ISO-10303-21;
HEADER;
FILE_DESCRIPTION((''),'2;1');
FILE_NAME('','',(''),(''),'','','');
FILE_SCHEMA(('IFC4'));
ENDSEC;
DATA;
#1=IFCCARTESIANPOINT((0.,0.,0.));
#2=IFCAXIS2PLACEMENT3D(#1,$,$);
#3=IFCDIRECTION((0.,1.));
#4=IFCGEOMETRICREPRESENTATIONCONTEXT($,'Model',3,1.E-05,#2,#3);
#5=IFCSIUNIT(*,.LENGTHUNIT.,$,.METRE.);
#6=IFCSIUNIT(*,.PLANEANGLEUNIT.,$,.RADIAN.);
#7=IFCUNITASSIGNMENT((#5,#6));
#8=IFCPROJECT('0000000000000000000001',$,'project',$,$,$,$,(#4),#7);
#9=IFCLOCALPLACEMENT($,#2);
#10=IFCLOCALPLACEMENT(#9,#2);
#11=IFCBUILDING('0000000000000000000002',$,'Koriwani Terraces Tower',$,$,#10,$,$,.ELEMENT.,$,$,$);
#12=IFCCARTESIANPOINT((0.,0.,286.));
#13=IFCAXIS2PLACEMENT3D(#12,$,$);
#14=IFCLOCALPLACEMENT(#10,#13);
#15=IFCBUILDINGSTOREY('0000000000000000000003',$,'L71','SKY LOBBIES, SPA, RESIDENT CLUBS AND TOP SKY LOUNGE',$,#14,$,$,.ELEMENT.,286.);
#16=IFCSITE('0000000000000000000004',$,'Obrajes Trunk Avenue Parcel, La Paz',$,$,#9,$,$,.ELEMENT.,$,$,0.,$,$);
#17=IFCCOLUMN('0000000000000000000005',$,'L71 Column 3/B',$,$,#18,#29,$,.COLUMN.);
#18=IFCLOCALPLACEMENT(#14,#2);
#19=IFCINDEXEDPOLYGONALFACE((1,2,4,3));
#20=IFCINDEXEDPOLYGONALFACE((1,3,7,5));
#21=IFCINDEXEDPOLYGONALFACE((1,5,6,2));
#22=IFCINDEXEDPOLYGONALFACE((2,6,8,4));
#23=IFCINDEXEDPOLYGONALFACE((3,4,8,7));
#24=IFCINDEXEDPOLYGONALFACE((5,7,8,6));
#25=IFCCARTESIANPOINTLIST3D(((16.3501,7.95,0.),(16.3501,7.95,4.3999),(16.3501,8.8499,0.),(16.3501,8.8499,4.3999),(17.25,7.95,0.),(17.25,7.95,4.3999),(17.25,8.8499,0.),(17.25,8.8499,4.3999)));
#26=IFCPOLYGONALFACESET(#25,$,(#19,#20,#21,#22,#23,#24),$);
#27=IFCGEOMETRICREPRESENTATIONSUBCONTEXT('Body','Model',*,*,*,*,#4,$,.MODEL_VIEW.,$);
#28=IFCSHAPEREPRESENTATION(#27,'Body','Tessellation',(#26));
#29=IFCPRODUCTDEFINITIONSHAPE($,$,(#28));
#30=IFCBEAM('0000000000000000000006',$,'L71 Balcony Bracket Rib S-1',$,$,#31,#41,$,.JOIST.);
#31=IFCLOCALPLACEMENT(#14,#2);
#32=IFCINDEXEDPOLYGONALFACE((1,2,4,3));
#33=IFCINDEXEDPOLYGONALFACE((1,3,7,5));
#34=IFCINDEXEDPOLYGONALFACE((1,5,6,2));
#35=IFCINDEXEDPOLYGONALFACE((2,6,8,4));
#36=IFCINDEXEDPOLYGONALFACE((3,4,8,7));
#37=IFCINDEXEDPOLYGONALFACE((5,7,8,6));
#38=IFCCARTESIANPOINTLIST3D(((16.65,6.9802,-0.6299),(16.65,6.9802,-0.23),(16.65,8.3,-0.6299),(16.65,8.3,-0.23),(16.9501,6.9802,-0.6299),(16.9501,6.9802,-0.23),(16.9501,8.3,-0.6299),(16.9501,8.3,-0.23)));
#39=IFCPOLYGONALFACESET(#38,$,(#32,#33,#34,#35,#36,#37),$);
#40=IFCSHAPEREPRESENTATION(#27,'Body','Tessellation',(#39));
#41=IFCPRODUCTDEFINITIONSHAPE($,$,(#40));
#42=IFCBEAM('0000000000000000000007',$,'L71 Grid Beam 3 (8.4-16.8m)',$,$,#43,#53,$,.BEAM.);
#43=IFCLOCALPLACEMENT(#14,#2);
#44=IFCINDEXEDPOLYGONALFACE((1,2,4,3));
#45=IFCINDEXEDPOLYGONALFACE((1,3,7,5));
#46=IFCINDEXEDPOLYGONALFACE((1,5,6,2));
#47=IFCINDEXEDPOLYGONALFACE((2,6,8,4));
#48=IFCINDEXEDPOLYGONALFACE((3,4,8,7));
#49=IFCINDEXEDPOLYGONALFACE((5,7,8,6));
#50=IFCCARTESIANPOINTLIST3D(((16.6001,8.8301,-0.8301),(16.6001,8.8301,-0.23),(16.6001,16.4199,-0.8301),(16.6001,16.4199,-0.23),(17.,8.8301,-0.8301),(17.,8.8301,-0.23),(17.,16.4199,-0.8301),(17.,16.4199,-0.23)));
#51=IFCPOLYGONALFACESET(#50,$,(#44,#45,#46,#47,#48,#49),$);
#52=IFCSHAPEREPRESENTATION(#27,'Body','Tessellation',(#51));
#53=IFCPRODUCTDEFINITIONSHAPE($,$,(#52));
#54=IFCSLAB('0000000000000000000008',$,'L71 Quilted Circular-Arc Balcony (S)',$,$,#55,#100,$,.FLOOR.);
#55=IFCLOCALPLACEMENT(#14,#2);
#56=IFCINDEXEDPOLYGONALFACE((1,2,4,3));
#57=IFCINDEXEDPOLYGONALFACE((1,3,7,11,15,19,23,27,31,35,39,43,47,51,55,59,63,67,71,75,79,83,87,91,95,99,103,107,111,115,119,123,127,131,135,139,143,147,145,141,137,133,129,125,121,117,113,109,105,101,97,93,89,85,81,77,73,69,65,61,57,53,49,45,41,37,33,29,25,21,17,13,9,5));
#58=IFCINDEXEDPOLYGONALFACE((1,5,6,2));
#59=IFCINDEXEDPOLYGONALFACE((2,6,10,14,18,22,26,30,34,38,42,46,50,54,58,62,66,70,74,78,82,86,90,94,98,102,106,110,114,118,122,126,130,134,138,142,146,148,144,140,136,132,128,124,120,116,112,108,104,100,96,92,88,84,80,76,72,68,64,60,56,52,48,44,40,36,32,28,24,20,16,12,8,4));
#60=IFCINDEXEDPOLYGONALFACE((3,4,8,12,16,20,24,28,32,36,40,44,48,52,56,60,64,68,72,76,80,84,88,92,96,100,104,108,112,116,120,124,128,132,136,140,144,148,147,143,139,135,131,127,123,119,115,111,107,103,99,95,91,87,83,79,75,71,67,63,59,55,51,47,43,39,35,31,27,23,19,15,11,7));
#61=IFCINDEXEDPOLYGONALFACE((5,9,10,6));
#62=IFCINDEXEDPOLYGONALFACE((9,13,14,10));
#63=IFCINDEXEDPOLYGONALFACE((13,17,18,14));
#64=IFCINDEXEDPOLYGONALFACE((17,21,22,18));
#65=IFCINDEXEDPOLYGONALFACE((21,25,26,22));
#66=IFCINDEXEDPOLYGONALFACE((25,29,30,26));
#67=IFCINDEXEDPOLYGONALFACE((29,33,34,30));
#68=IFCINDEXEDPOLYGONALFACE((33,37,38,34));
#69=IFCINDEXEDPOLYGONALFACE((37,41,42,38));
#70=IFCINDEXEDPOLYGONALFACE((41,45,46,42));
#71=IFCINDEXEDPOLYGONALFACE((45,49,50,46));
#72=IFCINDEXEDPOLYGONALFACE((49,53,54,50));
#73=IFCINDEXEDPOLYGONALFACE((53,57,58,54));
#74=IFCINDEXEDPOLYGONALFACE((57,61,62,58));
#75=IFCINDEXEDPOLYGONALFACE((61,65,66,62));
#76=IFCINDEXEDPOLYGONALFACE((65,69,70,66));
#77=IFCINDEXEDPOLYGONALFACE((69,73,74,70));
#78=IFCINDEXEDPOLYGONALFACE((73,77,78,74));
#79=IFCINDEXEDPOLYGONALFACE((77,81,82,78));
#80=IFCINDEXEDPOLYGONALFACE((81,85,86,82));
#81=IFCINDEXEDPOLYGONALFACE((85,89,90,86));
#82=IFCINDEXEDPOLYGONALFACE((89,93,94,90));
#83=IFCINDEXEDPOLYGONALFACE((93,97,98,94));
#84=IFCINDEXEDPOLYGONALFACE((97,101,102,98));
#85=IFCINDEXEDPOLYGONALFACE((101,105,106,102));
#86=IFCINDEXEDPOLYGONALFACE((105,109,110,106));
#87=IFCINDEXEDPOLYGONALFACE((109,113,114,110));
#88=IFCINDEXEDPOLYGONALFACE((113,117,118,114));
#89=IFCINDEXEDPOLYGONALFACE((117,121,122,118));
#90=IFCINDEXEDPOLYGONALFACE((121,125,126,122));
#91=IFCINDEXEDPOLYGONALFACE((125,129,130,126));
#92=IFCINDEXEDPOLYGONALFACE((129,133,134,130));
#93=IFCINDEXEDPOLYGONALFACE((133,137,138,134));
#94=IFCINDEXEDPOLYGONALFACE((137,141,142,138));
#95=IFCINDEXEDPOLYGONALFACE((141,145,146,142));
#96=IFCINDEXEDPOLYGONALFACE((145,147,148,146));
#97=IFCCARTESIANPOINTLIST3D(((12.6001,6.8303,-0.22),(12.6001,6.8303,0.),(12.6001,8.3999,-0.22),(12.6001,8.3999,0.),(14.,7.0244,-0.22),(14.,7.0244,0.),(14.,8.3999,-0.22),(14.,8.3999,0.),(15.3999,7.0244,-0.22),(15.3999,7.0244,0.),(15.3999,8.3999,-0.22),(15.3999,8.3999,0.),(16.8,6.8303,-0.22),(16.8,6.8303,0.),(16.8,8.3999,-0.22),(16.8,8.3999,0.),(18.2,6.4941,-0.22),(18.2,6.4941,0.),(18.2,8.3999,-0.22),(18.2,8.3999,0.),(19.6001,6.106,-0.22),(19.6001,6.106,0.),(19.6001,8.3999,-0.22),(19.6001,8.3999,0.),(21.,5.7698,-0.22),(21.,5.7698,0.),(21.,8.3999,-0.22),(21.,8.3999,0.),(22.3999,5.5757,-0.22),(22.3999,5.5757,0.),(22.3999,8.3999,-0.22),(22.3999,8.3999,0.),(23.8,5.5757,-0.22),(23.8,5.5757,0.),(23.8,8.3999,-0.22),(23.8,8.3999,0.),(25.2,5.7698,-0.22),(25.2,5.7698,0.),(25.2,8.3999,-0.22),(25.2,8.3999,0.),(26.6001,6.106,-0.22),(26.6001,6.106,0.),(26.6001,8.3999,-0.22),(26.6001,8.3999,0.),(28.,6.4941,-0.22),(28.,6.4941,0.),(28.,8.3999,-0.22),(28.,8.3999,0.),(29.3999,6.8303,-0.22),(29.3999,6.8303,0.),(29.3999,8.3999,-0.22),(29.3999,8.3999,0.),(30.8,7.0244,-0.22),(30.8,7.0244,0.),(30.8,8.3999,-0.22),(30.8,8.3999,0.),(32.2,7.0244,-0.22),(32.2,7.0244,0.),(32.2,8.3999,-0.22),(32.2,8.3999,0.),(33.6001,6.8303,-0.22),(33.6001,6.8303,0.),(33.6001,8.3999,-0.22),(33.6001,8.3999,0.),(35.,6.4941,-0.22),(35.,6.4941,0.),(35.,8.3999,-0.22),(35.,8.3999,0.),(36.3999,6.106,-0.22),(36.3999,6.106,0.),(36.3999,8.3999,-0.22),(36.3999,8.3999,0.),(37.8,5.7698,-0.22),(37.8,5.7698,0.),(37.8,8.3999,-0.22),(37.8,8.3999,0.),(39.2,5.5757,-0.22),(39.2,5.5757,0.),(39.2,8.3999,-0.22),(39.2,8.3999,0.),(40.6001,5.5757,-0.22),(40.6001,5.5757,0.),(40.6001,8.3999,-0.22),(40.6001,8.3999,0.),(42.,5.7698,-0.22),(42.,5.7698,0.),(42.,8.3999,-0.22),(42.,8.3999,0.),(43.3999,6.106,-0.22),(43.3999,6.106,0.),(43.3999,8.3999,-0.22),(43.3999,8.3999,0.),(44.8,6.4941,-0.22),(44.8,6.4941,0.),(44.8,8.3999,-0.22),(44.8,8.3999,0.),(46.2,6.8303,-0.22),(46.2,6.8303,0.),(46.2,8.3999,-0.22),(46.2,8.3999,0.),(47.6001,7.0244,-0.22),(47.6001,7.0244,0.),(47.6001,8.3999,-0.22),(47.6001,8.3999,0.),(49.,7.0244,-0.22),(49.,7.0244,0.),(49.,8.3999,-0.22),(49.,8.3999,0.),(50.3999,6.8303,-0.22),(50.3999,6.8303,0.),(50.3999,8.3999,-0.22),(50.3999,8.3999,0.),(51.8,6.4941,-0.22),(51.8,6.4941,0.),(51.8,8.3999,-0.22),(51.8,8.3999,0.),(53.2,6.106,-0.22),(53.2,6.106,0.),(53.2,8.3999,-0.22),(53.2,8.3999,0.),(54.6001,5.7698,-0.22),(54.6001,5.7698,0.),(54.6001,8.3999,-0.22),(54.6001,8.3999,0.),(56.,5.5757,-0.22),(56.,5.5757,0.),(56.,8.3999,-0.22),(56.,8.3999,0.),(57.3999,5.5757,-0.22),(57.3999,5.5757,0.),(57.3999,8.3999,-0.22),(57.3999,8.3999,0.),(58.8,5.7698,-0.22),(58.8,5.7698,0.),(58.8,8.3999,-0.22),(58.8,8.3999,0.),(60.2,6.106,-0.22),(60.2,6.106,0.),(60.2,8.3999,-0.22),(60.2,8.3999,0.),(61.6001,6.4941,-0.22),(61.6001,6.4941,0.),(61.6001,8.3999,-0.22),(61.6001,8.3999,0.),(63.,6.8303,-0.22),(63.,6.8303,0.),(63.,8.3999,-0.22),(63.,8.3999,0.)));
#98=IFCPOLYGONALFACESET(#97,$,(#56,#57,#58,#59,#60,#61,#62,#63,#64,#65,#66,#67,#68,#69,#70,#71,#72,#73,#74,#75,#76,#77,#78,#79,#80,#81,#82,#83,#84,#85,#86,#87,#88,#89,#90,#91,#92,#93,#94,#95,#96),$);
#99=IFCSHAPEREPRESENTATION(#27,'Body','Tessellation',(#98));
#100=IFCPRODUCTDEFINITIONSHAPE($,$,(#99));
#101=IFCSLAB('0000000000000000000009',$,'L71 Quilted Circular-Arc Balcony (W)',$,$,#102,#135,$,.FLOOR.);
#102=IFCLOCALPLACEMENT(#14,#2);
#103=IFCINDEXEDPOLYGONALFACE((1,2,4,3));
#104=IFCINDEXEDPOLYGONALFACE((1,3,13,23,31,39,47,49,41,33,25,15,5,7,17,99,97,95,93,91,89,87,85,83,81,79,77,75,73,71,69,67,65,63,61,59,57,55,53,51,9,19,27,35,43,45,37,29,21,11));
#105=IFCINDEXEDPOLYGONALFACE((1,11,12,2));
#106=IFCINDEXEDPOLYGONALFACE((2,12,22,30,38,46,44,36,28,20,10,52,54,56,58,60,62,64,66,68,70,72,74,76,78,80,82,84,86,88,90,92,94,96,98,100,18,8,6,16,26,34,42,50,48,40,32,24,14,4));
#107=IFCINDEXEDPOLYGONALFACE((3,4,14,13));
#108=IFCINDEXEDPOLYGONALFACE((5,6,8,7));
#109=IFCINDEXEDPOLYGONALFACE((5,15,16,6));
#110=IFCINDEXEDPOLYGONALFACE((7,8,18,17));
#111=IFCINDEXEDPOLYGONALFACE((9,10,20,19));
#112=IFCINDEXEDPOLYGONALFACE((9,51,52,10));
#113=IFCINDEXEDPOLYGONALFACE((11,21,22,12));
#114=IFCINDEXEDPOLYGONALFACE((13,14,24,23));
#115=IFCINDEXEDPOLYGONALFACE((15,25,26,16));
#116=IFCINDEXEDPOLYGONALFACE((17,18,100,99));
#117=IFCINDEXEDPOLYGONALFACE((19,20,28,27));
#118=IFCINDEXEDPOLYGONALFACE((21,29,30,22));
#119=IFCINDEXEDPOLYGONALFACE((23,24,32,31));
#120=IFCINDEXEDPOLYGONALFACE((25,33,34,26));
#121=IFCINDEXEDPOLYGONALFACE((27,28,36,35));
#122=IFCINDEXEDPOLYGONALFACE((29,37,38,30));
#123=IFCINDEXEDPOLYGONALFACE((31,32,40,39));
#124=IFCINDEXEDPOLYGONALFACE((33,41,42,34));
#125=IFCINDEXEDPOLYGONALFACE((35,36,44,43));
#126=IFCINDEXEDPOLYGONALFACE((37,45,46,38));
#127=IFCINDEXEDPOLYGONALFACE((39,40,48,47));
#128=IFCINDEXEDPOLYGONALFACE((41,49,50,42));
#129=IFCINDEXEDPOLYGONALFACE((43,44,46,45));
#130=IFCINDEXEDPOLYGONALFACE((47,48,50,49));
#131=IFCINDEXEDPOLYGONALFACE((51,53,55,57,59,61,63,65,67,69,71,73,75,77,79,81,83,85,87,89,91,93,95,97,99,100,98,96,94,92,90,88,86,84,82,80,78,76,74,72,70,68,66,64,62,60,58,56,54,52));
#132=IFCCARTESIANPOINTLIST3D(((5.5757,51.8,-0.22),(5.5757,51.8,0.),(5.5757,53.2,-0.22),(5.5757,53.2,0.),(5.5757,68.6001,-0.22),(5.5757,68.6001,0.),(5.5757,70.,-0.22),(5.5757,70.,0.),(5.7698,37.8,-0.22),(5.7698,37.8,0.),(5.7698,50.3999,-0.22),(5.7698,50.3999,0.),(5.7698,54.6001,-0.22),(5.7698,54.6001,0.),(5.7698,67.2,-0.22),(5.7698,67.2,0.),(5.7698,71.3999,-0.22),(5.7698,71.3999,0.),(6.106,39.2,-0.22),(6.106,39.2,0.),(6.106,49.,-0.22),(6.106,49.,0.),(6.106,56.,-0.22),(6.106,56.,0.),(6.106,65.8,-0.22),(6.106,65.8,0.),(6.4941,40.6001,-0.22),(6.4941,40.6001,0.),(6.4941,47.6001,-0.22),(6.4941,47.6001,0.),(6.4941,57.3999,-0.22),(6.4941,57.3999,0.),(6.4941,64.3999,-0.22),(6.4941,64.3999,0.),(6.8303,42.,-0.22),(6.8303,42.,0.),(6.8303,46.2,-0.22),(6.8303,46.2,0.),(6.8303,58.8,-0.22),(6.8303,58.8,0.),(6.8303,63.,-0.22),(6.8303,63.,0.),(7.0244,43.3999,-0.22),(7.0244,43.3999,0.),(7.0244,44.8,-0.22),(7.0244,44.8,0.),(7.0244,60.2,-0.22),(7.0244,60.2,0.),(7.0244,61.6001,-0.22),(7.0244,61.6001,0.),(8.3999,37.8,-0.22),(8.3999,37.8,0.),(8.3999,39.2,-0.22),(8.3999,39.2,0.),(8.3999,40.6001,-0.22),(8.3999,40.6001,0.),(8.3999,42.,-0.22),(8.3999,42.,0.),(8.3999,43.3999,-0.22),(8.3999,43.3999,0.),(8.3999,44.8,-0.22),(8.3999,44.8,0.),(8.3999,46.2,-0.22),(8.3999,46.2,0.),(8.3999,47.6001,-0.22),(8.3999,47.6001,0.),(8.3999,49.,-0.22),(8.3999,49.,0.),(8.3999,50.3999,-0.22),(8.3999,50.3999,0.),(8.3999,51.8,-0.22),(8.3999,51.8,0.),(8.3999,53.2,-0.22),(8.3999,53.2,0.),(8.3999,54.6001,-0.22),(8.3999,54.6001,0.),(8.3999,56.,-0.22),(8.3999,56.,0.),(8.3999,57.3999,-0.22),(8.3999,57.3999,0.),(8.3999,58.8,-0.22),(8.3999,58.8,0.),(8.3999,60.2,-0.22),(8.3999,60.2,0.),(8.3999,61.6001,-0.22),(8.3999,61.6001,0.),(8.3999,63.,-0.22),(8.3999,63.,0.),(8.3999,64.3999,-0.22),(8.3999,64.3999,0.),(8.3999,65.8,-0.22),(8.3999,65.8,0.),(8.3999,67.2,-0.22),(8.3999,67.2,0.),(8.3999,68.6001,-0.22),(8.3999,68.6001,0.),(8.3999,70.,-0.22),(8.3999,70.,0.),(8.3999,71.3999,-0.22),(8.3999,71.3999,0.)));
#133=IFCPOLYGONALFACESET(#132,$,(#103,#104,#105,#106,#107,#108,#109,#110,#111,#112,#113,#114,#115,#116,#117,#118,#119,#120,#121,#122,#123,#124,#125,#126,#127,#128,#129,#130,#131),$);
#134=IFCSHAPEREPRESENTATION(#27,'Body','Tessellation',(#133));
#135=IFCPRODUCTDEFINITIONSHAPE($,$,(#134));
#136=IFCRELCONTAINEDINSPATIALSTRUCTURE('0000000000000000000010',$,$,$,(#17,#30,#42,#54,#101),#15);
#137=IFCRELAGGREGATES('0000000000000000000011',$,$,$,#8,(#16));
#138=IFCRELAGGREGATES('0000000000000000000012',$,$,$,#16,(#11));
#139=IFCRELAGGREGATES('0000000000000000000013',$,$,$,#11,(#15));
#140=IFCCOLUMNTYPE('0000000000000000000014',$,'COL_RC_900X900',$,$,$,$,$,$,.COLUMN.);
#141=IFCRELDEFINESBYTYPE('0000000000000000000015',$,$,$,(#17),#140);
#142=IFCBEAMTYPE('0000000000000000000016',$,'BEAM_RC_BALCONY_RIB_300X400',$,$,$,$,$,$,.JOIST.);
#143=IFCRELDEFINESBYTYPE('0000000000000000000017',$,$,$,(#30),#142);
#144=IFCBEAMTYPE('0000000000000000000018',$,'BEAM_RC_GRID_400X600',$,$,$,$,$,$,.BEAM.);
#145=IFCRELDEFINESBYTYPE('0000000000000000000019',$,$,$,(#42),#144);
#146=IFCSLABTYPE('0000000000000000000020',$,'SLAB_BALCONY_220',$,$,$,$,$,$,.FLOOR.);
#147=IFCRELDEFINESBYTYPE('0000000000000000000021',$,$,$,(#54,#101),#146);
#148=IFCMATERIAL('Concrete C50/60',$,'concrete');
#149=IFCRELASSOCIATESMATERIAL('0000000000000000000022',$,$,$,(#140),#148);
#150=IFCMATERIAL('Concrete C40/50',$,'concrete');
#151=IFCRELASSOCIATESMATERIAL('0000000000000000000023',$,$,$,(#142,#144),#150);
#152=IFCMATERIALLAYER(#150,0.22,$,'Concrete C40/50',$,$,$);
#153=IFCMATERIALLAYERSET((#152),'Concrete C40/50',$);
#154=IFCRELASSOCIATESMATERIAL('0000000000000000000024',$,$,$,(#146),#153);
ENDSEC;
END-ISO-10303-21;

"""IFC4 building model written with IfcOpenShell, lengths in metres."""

from ifc_helpers import new_model, si_unit, direction, frame, origin, origin_2d, place, context, subcontext, project, spatial, polyline, rectangle, outline, extrude, material, layer, layer_set, material_profile, profile_set, type_object, element, save


model = new_model("IFC4")

# Units and contexts
model_context = context("Model", 3, precision=1e-05, world=origin(), true_north=direction((0.0, 1.0)))
body_context = subcontext(model_context, "Body", "Model", "MODEL_VIEW")
ifc_project = project(units=[si_unit("LENGTHUNIT", "METRE"), si_unit("PLANEANGLEUNIT", "RADIAN")], contexts=[model_context])

# Site, building, storey
site_placement = place(None, origin())
site = spatial("IfcSite", under=ifc_project, at=site_placement, Name="Obrajes Trunk Avenue Parcel, La Paz", CompositionType="ELEMENT", RefElevation=0.0)
building_placement = place(site_placement, origin())
building = spatial("IfcBuilding", under=site, at=building_placement, Name="Koriwani Terraces Tower", CompositionType="ELEMENT")
storey_placement = place(building_placement, frame((0.0, 0.0, 286.0)))
storey = spatial("IfcBuildingStorey", under=building, at=storey_placement, Name="L71", Description="SKY LOBBIES, SPA, RESIDENT CLUBS AND TOP SKY LOUNGE", CompositionType="ELEMENT", Elevation=286.0)

# Column
ifc_material_1 = material(Name="Concrete C50/60", Category="concrete")
ifc_material_profile_1 = material_profile(ifc_material_1, rectangle(XDim=0.8999, YDim=0.8999, at=origin_2d()), Name="Concrete C50/60", Category="LoadBearing")
ifc_profile_set_1 = profile_set([ifc_material_profile_1], Name="Concrete C50/60")
column_type = type_object("IfcColumnType", Name="COL_RC_900X900", PredefinedType="COLUMN", material=ifc_profile_set_1)
column_placement = place(storey_placement, frame((16.8, 8.3999, 0.0), z_axis=(0.0, 0.0, 1.0), x_axis=(1.0, 0.0, 0.0)))
element("IfcColumn", 1, at=column_placement, inside=storey, type_object=column_type, Name="L71 Column 3/B", PredefinedType="COLUMN", context=body_context, shape_type="SweptSolid", body=[
    extrude(rectangle(XDim=0.8999, YDim=0.8999, at=origin_2d()), origin(), (0.0, 0.0, 1.0), 4.3999),
])

# Beams
ifc_material_2 = material(Name="Concrete C40/50", Category="concrete")
ifc_material_profile_2 = material_profile(ifc_material_2, rectangle(XDim=0.3, YDim=0.3999, at=origin_2d()), Name="Concrete C40/50", Category="LoadBearing")
ifc_profile_set_2 = profile_set([ifc_material_profile_2], Name="Concrete C40/50")
beam_type_1 = type_object("IfcBeamType", Name="BEAM_RC_BALCONY_RIB_300X400", PredefinedType="JOIST", material=ifc_profile_set_2)
beam_1_placement = place(storey_placement, frame((16.8, 6.9802, -0.4299), z_axis=(0.0, 1.0, 0.0), x_axis=(-1.0, 0.0, 0.0)))
element("IfcBeam", 2, at=beam_1_placement, inside=storey, type_object=beam_type_1, Name="L71 Balcony Bracket Rib S-1", PredefinedType="JOIST", context=body_context, shape_type="SweptSolid", body=[
    extrude(rectangle(XDim=0.3, YDim=0.3999, at=origin_2d()), origin(), (0.0, 0.0, 1.0), 1.3198),
])
ifc_material_profile_3 = material_profile(ifc_material_2, rectangle(XDim=0.3999, YDim=0.6001, at=origin_2d()), Name="Concrete C40/50", Category="LoadBearing")
ifc_profile_set_3 = profile_set([ifc_material_profile_3], Name="Concrete C40/50")
beam_type_2 = type_object("IfcBeamType", Name="BEAM_RC_GRID_400X600", PredefinedType="BEAM", material=ifc_profile_set_3)
beam_2_placement = place(storey_placement, frame((16.8, 8.8301, -0.53), z_axis=(0.0, 1.0, 0.0), x_axis=(-1.0, 0.0, 0.0)))
element("IfcBeam", 3, at=beam_2_placement, inside=storey, type_object=beam_type_2, Name="L71 Grid Beam 3 (8.4-16.8m)", PredefinedType="BEAM", context=body_context, shape_type="SweptSolid", body=[
    extrude(rectangle(XDim=0.3999, YDim=0.6001, at=origin_2d()), origin(), (0.0, 0.0, 1.0), 7.5898),
])

# Slabs
ifc_layer_1 = layer(ifc_material_2, 0.22, Name="Concrete C40/50")
ifc_layer_set_1 = layer_set([ifc_layer_1], Name="Concrete C40/50")
slab_type_1 = type_object("IfcSlabType", Name="SLAB_BALCONY_220", PredefinedType="FLOOR", material=ifc_layer_set_1)
slab_1_placement = place(storey_placement, frame((0.0, 0.0, -0.22)))
element("IfcSlab", 4, at=slab_1_placement, inside=storey, type_object=slab_type_1, Name="L71 Quilted Circular-Arc Balcony (S)", PredefinedType="FLOOR", context=body_context, shape_type="SweptSolid", body=[
    extrude(outline(polyline([(12.6001, 8.3999), (14.0, 8.3999), (15.3999, 8.3999), (16.8, 8.3999), (18.2, 8.3999), (19.6001, 8.3999), (21.0, 8.3999), (22.3999, 8.3999), (23.8, 8.3999), (25.2, 8.3999), (26.6001, 8.3999), (28.0, 8.3999), (29.3999, 8.3999), (30.8, 8.3999), (32.2, 8.3999), (33.6001, 8.3999), (35.0, 8.3999), (36.3999, 8.3999), (37.8, 8.3999), (39.2, 8.3999), (40.6001, 8.3999), (42.0, 8.3999), (43.3999, 8.3999), (44.8, 8.3999), (46.2, 8.3999), (47.6001, 8.3999), (49.0, 8.3999), (50.3999, 8.3999), (51.8, 8.3999), (53.2, 8.3999), (54.6001, 8.3999), (56.0, 8.3999), (57.3999, 8.3999), (58.8, 8.3999), (60.2, 8.3999), (61.6001, 8.3999), (63.0, 8.3999), (63.0, 6.8303), (61.6001, 6.4941), (60.2, 6.106), (58.8, 5.7698), (57.3999, 5.5757), (56.0, 5.5757), (54.6001, 5.7698), (53.2, 6.106), (51.8, 6.4941), (50.3999, 6.8303), (49.0, 7.0244), (47.6001, 7.0244), (46.2, 6.8303), (44.8, 6.4941), (43.3999, 6.106), (42.0, 5.7698), (40.6001, 5.5757), (39.2, 5.5757), (37.8, 5.7698), (36.3999, 6.106), (35.0, 6.4941), (33.6001, 6.8303), (32.2, 7.0244), (30.8, 7.0244), (29.3999, 6.8303), (28.0, 6.4941), (26.6001, 6.106), (25.2, 5.7698), (23.8, 5.5757), (22.3999, 5.5757), (21.0, 5.7698), (19.6001, 6.106), (18.2, 6.4941), (16.8, 6.8303), (15.3999, 7.0244), (14.0, 7.0244), (12.6001, 6.8303), (12.6001, 8.3999)])), origin(), (0.0, 0.0, 1.0), 0.22),
])
slab_2_placement = place(storey_placement, frame((0.0, 0.0, -0.22)))
element("IfcSlab", 5, at=slab_2_placement, inside=storey, type_object=slab_type_1, Name="L71 Quilted Circular-Arc Balcony (W)", PredefinedType="FLOOR", context=body_context, shape_type="SweptSolid", body=[
    extrude(outline(polyline([(8.3999, 37.8), (8.3999, 39.2), (8.3999, 40.6001), (8.3999, 42.0), (8.3999, 43.3999), (8.3999, 44.8), (8.3999, 46.2), (8.3999, 47.6001), (8.3999, 49.0), (8.3999, 50.3999), (8.3999, 51.8), (8.3999, 53.2), (8.3999, 54.6001), (8.3999, 56.0), (8.3999, 57.3999), (8.3999, 58.8), (8.3999, 60.2), (8.3999, 61.6001), (8.3999, 63.0), (8.3999, 64.3999), (8.3999, 65.8), (8.3999, 67.2), (8.3999, 68.6001), (8.3999, 70.0), (8.3999, 71.3999), (5.7698, 71.3999), (5.5757, 70.0), (5.5757, 68.6001), (5.7698, 67.2), (6.106, 65.8), (6.4941, 64.3999), (6.8303, 63.0), (7.0244, 61.6001), (7.0244, 60.2), (6.8303, 58.8), (6.4941, 57.3999), (6.106, 56.0), (5.7698, 54.6001), (5.5757, 53.2), (5.5757, 51.8), (5.7698, 50.3999), (6.106, 49.0), (6.4941, 47.6001), (6.8303, 46.2), (7.0244, 44.8), (7.0244, 43.3999), (6.8303, 42.0), (6.4941, 40.6001), (6.106, 39.2), (5.7698, 37.8), (8.3999, 37.8)])), origin(), (0.0, 0.0, 1.0), 0.22),
])

save(model, "model.ifc")
